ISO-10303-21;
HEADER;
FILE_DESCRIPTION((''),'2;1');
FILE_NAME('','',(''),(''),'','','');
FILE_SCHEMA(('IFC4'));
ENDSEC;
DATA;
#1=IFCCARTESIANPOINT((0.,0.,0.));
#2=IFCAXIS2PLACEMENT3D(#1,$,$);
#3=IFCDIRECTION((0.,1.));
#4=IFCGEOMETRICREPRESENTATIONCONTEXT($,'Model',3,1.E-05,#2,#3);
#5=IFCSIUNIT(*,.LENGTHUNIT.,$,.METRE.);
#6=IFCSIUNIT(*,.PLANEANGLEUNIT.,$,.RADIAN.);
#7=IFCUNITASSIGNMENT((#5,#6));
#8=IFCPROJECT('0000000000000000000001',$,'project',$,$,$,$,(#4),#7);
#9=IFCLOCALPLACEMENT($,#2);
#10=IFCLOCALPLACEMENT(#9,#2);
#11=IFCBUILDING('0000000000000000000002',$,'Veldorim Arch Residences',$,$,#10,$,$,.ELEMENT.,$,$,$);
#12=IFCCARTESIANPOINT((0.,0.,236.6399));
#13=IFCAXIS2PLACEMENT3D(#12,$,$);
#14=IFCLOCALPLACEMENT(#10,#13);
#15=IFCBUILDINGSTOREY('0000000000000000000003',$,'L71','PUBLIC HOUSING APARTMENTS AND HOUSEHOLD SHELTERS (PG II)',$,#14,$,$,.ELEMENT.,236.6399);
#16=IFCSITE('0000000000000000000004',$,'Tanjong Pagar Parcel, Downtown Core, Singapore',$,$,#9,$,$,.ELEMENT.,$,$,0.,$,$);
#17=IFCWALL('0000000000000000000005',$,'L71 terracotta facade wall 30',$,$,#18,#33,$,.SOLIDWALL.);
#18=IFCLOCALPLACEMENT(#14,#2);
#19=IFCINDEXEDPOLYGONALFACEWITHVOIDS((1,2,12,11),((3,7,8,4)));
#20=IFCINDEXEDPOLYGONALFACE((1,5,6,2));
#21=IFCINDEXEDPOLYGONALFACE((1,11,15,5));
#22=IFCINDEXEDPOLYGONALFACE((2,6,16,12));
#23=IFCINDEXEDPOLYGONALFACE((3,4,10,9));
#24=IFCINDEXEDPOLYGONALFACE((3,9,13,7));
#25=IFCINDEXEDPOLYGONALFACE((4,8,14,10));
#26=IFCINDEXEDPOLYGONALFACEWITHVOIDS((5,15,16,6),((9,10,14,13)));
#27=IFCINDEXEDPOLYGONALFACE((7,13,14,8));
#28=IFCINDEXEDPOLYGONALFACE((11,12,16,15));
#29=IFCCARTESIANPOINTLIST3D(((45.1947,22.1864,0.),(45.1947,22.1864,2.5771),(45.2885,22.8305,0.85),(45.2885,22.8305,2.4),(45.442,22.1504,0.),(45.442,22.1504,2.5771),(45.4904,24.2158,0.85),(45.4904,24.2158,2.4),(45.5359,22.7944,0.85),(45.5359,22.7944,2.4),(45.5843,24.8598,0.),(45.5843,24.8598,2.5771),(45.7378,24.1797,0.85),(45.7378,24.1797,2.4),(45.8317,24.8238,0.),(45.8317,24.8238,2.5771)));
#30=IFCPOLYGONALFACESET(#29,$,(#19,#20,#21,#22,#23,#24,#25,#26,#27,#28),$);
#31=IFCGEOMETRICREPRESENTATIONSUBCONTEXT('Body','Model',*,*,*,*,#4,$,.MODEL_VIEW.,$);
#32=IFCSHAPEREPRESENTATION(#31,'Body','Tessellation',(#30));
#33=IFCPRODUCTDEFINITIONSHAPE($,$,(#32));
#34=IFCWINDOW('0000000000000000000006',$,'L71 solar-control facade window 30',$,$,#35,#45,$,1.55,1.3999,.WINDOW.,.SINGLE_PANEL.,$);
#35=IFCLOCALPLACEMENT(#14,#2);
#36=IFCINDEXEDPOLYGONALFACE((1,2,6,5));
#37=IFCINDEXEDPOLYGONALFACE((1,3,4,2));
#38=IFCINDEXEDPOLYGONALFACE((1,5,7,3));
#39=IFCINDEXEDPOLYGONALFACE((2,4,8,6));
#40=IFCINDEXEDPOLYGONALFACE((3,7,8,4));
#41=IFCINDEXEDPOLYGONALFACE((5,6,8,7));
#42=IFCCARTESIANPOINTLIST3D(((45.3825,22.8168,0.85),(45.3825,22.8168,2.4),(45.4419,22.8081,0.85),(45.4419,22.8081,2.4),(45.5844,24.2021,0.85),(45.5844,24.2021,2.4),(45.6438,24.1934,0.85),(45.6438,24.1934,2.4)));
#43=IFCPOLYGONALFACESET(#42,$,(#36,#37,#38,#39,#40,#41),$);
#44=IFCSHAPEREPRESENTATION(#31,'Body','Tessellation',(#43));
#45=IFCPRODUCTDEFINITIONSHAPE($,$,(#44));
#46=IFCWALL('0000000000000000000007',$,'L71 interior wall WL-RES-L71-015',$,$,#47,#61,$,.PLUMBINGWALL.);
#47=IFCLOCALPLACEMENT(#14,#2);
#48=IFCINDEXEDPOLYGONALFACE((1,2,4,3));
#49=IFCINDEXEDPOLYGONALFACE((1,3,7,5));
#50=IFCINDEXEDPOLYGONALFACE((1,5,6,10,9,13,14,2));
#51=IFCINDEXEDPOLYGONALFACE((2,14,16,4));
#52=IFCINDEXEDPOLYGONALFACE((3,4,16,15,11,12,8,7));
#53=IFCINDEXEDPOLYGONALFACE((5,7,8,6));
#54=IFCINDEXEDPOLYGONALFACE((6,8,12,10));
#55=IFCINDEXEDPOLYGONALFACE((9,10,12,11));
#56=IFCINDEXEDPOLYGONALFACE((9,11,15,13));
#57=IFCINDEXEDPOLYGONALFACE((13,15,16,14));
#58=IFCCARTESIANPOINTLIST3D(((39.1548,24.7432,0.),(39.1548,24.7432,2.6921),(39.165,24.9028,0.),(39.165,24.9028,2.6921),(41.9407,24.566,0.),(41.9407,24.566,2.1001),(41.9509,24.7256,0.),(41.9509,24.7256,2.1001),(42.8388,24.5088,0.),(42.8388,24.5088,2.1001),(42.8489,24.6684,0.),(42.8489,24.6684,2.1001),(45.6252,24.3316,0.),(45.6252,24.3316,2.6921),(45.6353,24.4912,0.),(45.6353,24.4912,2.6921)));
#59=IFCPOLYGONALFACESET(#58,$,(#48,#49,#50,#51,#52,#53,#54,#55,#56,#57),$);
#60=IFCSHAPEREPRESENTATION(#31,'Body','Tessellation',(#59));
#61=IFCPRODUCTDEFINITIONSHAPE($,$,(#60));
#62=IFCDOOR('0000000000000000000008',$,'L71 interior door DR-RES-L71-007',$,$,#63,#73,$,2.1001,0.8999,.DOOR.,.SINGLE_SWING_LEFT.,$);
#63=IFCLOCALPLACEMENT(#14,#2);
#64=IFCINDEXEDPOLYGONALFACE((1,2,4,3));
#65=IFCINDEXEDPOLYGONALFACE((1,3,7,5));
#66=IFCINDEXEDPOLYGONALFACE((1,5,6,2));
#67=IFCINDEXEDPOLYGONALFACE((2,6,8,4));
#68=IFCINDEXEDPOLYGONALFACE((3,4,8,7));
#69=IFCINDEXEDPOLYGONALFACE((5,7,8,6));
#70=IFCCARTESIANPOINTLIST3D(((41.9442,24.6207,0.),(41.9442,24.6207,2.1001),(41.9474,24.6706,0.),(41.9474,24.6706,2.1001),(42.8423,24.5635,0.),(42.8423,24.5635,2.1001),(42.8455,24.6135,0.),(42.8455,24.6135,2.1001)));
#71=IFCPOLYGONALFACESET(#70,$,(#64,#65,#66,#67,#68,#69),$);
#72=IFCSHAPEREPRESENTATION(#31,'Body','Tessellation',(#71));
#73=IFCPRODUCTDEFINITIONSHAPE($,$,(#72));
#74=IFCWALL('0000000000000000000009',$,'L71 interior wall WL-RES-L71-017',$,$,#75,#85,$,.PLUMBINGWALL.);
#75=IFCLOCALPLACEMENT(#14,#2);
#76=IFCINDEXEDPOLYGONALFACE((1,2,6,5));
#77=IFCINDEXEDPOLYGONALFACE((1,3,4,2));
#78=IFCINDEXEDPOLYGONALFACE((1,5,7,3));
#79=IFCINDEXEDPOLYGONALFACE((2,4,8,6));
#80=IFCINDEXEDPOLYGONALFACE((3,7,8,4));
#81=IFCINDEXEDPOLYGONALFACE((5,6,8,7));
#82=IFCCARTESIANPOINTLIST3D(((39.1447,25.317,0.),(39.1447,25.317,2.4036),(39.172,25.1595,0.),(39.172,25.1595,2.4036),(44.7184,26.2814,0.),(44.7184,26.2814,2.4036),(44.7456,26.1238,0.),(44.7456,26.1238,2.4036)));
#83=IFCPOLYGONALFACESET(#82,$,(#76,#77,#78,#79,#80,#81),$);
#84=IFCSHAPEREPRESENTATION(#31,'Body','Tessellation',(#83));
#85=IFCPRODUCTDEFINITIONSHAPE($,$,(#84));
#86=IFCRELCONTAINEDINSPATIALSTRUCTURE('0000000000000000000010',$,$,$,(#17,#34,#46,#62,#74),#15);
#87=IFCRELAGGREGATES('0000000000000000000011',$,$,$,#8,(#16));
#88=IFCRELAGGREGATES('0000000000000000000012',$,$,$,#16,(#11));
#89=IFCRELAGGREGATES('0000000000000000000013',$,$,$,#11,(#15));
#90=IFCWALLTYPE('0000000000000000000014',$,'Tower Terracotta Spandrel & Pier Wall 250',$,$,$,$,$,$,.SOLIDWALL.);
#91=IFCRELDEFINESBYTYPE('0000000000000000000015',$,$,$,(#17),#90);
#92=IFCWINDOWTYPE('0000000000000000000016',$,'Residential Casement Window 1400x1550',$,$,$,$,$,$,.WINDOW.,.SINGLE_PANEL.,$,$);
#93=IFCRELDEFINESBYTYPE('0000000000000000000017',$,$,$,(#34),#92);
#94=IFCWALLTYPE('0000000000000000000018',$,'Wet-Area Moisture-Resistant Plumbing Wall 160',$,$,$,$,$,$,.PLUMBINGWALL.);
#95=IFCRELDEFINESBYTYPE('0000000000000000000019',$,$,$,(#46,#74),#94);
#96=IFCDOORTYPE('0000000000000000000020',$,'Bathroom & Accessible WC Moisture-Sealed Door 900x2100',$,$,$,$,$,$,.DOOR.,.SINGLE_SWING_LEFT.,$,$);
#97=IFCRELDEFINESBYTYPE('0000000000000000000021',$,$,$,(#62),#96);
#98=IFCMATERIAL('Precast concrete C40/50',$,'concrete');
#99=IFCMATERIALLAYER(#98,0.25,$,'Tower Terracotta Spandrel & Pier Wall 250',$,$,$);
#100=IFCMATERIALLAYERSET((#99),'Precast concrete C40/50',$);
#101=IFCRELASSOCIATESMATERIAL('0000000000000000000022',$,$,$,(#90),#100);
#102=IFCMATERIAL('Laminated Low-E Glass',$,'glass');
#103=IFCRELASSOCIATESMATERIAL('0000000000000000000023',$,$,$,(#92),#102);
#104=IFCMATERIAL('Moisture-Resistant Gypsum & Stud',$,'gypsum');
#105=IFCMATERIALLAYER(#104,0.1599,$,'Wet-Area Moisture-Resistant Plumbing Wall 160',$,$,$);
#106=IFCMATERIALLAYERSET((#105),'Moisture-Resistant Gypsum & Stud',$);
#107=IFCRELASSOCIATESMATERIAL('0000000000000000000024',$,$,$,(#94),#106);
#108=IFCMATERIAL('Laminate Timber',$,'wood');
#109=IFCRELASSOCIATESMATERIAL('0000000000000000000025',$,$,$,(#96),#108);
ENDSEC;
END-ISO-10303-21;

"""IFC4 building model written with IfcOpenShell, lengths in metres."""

from ifc_helpers import new_model, si_unit, direction, frame, frame_2d, origin, place, context, subcontext, project, spatial, rectangle, extrude, material, layer, layer_set, type_object, element, fill, save


model = new_model("IFC4")

# Units and contexts
model_context = context("Model", 3, precision=1e-05, world=origin(), true_north=direction((0.0, 1.0)))
body_context = subcontext(model_context, "Body", "Model", "MODEL_VIEW")
ifc_project = project(units=[si_unit("LENGTHUNIT", "METRE"), si_unit("PLANEANGLEUNIT", "RADIAN")], contexts=[model_context])

# Site, building, storey
site_placement = place(None, origin())
site = spatial("IfcSite", under=ifc_project, at=site_placement, Name="Tanjong Pagar Parcel, Downtown Core, Singapore", CompositionType="ELEMENT", RefElevation=0.0)
building_placement = place(site_placement, origin())
building = spatial("IfcBuilding", under=site, at=building_placement, Name="Veldorim Arch Residences", CompositionType="ELEMENT")
storey_placement = place(building_placement, frame((0.0, 0.0, 236.6399)))
storey = spatial("IfcBuildingStorey", under=building, at=storey_placement, Name="L71", Description="PUBLIC HOUSING APARTMENTS AND HOUSEHOLD SHELTERS (PG II)", CompositionType="ELEMENT", Elevation=236.6399)

# Wall, opening, window
ifc_material_1 = material(Name="Precast concrete C40/50", Category="concrete")
ifc_layer_1 = layer(ifc_material_1, 0.25, Name="Tower Terracotta Spandrel & Pier Wall 250")
ifc_layer_set_1 = layer_set([ifc_layer_1], Name="Precast concrete C40/50")
wall_type_1 = type_object("IfcWallType", Name="Tower Terracotta Spandrel & Pier Wall 250", PredefinedType="SOLIDWALL", material=ifc_layer_set_1)
wall_1_placement = place(storey_placement, frame((45.708, 24.8418, 0.0), z_axis=(0.0, 0.0, 1.0), x_axis=(-0.144229, -0.989544, 0.0)))
wall_1 = element("IfcWall", 1, at=wall_1_placement, inside=storey, type_object=wall_type_1, Name="L71 terracotta facade wall 30", PredefinedType="SOLIDWALL", context=body_context, shape_type="SweptSolid", body=[
    extrude(rectangle(XDim=2.7017, YDim=0.25, at=frame_2d((1.3508, 0.0))), origin(), (0.0, 0.0, 1.0), 2.5771),
])
opening_1_placement = place(wall_1_placement, frame((0.6509, 0.0, 0.8501)))
opening_1 = element("IfcOpeningElement", 2, at=opening_1_placement, cuts=wall_1, PredefinedType="OPENING", context=body_context, shape_type="SweptSolid", body=[
    extrude(rectangle(XDim=1.3999, YDim=1.55, at=frame_2d((0.7, 0.7749))), frame((0.0, 0.135, 0.0), z_axis=(0.0, -1.0, 0.0), x_axis=(1.0, 0.0, 0.0)), (0.0, 0.0, 1.0), 0.27),
])
ifc_material_2 = material(Name="Laminated Low-E Glass", Category="glass")
window_type_1 = type_object("IfcWindowType", Name="Residential Casement Window 1400x1550", PartitioningType="SINGLE_PANEL", PredefinedType="WINDOW", material=ifc_material_2)
window_1_placement = place(opening_1_placement, origin())
window_1 = element("IfcWindow", 3, at=window_1_placement, inside=storey, type_object=window_type_1, Name="L71 solar-control facade window 30", OverallHeight=1.55, OverallWidth=1.3999, PartitioningType="SINGLE_PANEL", PredefinedType="WINDOW", context=body_context, shape_type="SweptSolid", body=[
    extrude(rectangle(XDim=1.3999, YDim=1.55, at=frame_2d((0.7, 0.7749))), frame((0.0, 0.03, 0.0), z_axis=(0.0, -1.0, 0.0), x_axis=(1.0, 0.0, 0.0)), (0.0, 0.0, 1.0), 0.0601),
])
fill(opening_1, window_1)

# Wall, opening, door
ifc_material_3 = material(Name="Moisture-Resistant Gypsum & Stud", Category="gypsum")
ifc_layer_2 = layer(ifc_material_3, 0.1599, Name="Wet-Area Moisture-Resistant Plumbing Wall 160")
ifc_layer_set_2 = layer_set([ifc_layer_2], Name="Moisture-Resistant Gypsum & Stud")
wall_type_2 = type_object("IfcWallType", Name="Wet-Area Moisture-Resistant Plumbing Wall 160", PredefinedType="PLUMBINGWALL", material=ifc_layer_set_2)
wall_2_placement = place(storey_placement, frame((39.1599, 24.823, 0.0), z_axis=(0.0, 0.0, 1.0), x_axis=(0.997983, -0.063489, 0.0)))
wall_2 = element("IfcWall", 4, at=wall_2_placement, inside=storey, type_object=wall_type_2, Name="L71 interior wall WL-RES-L71-015", PredefinedType="PLUMBINGWALL", context=body_context, shape_type="SweptSolid", body=[
    extrude(rectangle(XDim=6.4834, YDim=0.1599, at=frame_2d((3.2417, 0.0))), origin(), (0.0, 0.0, 1.0), 2.6921),
])
opening_2_placement = place(wall_2_placement, frame((2.7915, 0.0, 0.0)))
opening_2 = element("IfcOpeningElement", 5, at=opening_2_placement, cuts=wall_2, PredefinedType="OPENING", context=body_context, shape_type="SweptSolid", body=[
    extrude(rectangle(XDim=0.8999, YDim=2.1001, at=frame_2d((0.45, 1.05))), frame((0.0, 0.0898, 0.0), z_axis=(0.0, -1.0, 0.0), x_axis=(1.0, 0.0, 0.0)), (0.0, 0.0, 1.0), 0.1799),
])
ifc_material_4 = material(Name="Laminate Timber", Category="wood")
door_type_1 = type_object("IfcDoorType", Name="Bathroom & Accessible WC Moisture-Sealed Door 900x2100", OperationType="SINGLE_SWING_LEFT", PredefinedType="DOOR", material=ifc_material_4)
door_1_placement = place(opening_2_placement, origin())
door_1 = element("IfcDoor", 6, at=door_1_placement, inside=storey, type_object=door_type_1, Name="L71 interior door DR-RES-L71-007", OperationType="SINGLE_SWING_LEFT", OverallHeight=2.1001, OverallWidth=0.8999, PredefinedType="DOOR", context=body_context, shape_type="SweptSolid", body=[
    extrude(rectangle(XDim=0.8999, YDim=2.1001, at=frame_2d((0.45, 1.05))), frame((0.0, 0.0249, 0.0), z_axis=(0.0, -1.0, 0.0), x_axis=(1.0, 0.0, 0.0)), (0.0, 0.0, 1.0), 0.05),
])
fill(opening_2, door_1)

# Wall
wall_3_placement = place(storey_placement, frame((39.1584, 25.2383, 0.0), z_axis=(0.0, 0.0, 1.0), x_axis=(0.98536, 0.170485, 0.0)))
element("IfcWall", 7, at=wall_3_placement, inside=storey, type_object=wall_type_2, Name="L71 interior wall WL-RES-L71-017", PredefinedType="PLUMBINGWALL", context=body_context, shape_type="SweptSolid", body=[
    extrude(rectangle(XDim=5.6565, YDim=0.1599, at=frame_2d((2.8281, 0.0))), origin(), (0.0, 0.0, 1.0), 2.4036),
])

save(model, "model.ifc")
